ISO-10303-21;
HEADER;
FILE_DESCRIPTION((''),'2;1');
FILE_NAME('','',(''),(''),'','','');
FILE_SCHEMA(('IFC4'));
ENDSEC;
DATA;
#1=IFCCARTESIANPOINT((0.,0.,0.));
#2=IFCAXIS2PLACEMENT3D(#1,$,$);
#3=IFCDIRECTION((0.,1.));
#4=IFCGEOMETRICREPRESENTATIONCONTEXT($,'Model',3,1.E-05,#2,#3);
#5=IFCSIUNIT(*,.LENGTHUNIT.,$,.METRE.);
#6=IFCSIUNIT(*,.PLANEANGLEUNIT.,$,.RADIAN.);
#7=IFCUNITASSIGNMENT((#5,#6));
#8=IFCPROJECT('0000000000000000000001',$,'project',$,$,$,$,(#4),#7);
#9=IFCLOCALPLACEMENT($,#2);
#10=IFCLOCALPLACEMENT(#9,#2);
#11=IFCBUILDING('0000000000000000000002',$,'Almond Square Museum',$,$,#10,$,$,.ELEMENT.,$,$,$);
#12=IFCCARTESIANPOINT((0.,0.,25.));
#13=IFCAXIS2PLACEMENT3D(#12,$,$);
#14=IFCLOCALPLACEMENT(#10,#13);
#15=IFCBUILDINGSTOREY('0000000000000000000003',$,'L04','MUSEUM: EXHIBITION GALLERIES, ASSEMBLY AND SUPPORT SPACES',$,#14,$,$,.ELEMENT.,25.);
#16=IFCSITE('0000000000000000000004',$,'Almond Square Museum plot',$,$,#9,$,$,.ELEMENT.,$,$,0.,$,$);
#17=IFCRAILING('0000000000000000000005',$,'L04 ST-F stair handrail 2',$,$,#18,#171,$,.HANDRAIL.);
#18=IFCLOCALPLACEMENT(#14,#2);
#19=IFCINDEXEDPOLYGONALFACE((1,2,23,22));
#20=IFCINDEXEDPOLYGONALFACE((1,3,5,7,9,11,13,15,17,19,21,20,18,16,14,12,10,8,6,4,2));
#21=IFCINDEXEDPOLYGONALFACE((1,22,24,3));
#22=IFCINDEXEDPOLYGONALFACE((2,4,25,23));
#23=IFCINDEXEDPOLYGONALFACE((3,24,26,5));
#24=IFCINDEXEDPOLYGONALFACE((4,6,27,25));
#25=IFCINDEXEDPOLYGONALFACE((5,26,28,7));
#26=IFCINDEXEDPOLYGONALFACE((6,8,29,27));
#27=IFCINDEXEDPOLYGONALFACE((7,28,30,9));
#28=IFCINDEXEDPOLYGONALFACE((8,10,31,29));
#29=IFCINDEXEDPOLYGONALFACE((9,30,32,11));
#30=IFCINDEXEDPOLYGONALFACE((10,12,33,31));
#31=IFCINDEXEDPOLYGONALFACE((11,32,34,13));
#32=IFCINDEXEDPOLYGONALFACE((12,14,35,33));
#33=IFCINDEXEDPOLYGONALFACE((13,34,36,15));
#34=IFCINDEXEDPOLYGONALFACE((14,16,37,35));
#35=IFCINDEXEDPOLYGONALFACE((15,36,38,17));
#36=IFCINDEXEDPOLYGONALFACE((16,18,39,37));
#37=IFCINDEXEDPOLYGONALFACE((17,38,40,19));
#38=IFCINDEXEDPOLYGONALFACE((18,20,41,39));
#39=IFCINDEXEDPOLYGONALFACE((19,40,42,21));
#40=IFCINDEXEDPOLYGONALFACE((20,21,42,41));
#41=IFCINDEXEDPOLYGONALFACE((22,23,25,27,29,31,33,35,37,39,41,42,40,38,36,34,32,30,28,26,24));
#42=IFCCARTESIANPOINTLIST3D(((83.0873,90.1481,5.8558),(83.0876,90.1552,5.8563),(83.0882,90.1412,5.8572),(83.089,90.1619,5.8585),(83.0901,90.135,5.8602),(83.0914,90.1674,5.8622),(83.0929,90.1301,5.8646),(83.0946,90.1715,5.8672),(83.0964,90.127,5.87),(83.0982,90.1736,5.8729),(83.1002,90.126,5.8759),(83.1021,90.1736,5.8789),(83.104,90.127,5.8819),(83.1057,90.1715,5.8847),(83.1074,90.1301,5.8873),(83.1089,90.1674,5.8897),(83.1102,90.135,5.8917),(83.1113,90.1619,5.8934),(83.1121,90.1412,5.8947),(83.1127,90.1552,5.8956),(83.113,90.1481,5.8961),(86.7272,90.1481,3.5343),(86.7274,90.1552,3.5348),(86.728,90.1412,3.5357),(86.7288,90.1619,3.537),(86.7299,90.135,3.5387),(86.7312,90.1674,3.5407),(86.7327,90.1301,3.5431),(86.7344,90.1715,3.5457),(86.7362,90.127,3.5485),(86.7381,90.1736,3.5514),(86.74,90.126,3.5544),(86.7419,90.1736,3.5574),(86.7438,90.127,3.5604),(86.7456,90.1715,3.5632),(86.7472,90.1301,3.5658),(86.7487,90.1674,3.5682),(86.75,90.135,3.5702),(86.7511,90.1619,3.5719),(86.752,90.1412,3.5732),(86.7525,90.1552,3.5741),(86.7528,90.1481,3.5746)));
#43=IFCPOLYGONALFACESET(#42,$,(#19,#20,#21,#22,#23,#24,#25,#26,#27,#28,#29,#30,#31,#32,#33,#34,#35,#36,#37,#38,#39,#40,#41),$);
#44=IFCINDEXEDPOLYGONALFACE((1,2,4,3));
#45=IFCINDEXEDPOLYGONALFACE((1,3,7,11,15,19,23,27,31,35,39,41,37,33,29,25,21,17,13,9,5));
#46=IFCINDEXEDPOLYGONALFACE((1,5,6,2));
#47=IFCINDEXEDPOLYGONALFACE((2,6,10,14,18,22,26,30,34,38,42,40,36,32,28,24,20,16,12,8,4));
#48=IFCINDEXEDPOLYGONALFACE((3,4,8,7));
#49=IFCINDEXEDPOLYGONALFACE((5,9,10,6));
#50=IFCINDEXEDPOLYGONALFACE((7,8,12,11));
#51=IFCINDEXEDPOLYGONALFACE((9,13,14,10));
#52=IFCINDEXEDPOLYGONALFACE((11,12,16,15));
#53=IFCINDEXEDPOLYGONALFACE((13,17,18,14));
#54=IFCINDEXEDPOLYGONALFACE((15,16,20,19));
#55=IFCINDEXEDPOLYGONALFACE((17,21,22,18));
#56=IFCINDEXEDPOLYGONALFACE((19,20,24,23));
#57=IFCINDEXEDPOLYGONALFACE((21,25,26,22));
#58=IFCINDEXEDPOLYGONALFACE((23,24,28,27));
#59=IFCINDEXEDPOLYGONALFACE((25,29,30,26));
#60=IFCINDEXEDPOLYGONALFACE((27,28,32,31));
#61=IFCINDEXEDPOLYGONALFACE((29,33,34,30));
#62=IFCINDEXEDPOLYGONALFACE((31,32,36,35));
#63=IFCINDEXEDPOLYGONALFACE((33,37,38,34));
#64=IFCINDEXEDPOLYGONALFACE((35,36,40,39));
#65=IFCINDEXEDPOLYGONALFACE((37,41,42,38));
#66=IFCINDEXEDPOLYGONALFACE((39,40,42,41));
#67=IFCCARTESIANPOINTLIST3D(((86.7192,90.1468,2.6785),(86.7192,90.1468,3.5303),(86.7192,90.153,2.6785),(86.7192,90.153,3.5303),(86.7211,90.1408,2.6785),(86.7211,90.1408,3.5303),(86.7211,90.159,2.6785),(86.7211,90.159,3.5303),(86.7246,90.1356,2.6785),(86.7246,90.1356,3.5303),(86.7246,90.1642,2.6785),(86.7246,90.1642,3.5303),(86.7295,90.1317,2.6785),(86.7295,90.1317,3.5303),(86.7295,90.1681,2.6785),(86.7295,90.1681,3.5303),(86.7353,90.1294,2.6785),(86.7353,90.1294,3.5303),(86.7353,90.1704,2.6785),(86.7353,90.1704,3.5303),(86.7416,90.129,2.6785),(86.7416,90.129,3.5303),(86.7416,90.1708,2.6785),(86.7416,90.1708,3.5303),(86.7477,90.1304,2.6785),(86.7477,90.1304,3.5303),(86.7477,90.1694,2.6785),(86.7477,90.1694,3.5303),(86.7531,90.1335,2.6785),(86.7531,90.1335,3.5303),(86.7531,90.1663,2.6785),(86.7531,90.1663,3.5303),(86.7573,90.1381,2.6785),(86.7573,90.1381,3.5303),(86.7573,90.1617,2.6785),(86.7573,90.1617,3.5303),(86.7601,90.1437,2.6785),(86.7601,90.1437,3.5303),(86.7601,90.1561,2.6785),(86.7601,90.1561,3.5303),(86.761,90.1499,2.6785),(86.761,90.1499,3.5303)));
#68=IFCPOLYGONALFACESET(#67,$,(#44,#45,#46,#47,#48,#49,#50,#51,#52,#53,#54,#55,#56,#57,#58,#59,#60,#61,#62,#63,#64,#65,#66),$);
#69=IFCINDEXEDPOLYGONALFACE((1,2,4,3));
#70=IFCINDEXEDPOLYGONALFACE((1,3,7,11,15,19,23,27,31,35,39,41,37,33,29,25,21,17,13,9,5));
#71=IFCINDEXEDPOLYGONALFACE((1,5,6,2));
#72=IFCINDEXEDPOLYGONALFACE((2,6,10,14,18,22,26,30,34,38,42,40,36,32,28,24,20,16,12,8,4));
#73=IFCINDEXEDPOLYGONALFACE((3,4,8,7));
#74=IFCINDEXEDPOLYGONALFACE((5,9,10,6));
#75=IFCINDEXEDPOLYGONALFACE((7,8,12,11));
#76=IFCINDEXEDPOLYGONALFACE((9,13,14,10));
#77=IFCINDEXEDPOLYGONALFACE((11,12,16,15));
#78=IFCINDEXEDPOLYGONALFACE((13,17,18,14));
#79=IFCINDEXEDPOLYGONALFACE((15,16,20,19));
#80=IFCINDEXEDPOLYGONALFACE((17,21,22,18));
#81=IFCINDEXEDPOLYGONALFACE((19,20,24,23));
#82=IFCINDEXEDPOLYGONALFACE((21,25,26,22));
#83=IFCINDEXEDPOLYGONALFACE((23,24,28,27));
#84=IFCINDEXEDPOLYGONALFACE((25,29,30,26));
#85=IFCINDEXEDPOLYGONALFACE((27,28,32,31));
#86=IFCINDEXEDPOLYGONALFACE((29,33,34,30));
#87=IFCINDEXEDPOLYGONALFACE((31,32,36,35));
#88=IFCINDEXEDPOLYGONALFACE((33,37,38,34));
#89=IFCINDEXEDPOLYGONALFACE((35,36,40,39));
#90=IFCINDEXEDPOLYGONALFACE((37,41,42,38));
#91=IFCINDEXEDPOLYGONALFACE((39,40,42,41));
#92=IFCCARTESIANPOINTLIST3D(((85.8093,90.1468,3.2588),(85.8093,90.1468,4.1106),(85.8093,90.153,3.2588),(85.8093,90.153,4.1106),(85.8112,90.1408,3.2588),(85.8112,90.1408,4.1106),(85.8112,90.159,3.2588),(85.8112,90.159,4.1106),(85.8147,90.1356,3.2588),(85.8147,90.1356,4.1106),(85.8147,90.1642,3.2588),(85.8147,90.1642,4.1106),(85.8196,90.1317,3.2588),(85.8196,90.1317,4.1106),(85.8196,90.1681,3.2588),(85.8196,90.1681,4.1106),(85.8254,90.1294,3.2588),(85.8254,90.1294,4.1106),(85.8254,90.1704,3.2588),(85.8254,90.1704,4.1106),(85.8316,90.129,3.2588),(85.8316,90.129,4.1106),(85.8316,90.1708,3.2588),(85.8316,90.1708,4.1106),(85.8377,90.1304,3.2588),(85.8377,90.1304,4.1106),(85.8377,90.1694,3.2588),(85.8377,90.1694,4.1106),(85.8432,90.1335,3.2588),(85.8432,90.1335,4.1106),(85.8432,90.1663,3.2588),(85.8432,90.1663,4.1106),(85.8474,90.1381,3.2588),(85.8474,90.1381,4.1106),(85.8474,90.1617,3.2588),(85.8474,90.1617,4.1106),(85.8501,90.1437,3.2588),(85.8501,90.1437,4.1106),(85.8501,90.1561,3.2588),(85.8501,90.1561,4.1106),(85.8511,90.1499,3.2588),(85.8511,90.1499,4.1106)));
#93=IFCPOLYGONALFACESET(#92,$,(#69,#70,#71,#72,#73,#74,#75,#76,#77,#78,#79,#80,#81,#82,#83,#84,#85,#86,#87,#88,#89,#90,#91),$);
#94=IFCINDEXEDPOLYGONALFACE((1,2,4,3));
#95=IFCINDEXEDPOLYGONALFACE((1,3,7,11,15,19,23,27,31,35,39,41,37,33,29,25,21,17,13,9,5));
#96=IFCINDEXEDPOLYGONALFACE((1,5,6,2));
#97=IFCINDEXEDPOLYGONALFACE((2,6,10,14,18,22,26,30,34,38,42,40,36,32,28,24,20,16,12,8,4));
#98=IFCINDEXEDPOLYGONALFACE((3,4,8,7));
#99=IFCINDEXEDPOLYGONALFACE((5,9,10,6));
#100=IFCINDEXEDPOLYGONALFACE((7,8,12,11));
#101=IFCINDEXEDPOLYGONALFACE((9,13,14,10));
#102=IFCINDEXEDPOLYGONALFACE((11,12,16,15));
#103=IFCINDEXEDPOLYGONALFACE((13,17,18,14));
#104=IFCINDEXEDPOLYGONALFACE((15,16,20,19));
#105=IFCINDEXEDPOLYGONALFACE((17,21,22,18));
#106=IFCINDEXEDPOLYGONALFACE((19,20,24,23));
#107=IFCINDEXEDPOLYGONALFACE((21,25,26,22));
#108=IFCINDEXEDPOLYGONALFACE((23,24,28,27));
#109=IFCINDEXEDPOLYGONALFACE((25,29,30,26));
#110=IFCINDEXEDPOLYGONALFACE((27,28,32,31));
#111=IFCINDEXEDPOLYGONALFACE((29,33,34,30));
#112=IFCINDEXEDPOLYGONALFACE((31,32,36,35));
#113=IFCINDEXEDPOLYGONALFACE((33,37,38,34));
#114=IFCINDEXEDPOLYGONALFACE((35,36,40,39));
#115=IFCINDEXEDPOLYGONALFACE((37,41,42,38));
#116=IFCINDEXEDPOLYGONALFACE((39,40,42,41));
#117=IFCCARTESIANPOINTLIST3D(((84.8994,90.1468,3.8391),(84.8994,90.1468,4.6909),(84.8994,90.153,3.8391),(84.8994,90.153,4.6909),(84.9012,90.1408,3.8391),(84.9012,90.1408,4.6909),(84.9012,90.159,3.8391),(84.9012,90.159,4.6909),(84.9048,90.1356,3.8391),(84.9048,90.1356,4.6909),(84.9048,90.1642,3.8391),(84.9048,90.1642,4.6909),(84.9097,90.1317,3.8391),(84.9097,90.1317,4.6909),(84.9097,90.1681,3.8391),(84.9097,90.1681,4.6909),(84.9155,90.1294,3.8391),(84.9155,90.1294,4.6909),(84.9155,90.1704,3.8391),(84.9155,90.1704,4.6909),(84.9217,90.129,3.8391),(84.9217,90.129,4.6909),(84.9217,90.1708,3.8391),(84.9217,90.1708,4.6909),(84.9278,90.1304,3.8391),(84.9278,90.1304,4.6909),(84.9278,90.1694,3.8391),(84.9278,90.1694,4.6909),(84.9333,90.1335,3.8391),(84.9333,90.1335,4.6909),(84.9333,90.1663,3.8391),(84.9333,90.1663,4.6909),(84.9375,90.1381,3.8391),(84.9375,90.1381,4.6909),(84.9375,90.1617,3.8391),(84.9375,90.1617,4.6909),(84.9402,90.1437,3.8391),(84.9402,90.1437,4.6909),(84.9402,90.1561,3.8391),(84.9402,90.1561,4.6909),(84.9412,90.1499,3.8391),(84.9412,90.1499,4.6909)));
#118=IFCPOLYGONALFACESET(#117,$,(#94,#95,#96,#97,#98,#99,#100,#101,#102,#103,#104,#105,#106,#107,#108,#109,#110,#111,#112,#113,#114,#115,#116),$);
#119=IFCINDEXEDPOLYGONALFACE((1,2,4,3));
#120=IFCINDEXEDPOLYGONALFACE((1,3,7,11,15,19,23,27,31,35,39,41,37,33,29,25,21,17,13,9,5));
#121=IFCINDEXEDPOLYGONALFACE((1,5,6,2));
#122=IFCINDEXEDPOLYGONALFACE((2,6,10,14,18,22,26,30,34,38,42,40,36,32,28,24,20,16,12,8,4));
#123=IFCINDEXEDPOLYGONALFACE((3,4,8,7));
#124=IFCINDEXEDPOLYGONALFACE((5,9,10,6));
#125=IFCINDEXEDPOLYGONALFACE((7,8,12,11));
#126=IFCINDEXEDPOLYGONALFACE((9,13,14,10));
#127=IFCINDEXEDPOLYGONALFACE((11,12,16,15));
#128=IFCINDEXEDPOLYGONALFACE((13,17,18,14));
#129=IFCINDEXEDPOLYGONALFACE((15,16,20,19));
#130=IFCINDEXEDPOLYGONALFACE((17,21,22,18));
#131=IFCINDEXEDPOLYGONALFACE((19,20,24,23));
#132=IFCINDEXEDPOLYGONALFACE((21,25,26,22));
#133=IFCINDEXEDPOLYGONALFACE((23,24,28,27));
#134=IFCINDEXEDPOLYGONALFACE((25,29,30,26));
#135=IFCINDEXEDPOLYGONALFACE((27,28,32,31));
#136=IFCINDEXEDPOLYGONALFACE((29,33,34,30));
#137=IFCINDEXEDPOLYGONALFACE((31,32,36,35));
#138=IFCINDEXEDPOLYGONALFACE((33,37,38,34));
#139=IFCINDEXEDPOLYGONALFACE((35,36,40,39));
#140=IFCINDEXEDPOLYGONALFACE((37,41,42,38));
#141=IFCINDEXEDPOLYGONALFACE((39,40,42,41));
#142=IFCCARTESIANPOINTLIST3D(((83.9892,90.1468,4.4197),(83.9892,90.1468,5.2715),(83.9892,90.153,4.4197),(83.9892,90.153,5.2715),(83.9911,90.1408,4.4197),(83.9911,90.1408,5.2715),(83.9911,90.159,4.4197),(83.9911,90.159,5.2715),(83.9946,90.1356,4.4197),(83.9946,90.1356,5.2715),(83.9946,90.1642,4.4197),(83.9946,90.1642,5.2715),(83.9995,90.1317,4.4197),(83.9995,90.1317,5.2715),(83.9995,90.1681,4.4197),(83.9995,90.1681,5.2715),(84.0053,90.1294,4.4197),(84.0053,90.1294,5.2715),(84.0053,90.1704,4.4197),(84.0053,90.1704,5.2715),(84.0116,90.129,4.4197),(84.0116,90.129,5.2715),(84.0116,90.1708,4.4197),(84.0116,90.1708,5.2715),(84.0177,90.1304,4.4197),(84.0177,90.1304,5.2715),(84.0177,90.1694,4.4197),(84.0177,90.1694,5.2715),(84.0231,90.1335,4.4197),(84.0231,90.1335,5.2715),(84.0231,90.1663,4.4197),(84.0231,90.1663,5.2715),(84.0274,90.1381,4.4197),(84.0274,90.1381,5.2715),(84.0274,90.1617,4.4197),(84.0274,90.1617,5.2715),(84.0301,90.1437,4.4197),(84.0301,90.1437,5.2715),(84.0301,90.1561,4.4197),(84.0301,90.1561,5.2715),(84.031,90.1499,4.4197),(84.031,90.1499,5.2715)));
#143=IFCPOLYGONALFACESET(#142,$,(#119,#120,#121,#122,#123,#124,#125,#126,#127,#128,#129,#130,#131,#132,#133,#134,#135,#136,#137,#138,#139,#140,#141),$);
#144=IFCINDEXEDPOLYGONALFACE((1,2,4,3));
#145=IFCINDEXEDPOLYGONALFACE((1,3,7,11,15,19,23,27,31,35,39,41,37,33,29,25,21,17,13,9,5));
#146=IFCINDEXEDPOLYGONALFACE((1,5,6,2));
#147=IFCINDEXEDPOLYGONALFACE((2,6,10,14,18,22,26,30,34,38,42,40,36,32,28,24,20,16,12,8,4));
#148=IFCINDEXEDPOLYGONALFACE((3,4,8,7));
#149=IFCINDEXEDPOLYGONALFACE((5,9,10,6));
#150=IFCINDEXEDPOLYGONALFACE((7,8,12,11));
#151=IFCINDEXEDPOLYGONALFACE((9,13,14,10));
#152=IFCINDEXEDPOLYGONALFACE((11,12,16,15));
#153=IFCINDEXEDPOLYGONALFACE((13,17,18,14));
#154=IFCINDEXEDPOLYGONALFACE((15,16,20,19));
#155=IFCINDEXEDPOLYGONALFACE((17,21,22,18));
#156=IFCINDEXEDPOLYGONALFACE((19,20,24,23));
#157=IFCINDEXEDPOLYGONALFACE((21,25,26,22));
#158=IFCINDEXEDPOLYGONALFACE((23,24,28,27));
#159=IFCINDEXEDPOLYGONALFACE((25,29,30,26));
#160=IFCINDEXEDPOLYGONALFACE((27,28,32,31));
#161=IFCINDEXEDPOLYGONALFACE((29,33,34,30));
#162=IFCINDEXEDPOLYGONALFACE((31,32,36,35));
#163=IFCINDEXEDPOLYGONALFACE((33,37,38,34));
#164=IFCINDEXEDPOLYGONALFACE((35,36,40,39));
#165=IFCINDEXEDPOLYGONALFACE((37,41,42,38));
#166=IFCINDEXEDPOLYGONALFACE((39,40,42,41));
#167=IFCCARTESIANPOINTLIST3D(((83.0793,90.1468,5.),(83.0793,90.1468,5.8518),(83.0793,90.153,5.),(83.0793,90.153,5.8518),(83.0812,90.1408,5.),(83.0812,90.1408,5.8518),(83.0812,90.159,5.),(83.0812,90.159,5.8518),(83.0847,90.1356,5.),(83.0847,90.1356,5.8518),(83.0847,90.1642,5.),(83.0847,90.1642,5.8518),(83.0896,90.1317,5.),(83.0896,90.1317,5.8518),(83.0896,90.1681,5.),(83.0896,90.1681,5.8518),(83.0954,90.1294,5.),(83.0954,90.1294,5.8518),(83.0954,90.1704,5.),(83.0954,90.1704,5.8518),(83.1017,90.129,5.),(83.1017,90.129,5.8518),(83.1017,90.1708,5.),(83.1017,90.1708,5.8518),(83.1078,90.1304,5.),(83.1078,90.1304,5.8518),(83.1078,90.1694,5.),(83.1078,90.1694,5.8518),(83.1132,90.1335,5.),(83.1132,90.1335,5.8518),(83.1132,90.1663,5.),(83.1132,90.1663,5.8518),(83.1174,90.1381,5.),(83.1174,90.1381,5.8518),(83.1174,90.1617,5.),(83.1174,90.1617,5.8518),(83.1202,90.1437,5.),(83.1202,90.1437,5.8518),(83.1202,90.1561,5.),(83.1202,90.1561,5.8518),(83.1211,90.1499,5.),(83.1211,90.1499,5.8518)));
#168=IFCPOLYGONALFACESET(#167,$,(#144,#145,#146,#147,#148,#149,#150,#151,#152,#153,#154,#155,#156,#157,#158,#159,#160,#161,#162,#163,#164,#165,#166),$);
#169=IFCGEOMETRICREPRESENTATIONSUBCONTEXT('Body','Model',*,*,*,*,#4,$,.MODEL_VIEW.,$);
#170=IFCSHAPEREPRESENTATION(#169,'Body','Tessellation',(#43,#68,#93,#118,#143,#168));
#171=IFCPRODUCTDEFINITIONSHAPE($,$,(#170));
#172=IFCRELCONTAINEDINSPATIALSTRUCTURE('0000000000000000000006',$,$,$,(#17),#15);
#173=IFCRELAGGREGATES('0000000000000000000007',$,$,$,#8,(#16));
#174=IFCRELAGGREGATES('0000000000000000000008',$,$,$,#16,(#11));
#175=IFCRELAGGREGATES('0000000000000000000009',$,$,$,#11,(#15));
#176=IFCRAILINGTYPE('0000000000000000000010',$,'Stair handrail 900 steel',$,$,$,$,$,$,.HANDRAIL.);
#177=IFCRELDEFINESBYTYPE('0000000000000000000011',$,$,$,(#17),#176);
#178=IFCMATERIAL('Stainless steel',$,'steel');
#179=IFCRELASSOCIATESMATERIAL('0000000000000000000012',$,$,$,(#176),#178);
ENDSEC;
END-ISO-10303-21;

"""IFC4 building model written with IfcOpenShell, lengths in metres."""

from ifc_helpers import new_model, si_unit, direction, frame, origin, origin_2d, place, context, subcontext, project, spatial, circle, extrude, material, type_object, element, save


model = new_model("IFC4")

# Units and contexts
model_context = context("Model", 3, precision=1e-05, world=origin(), true_north=direction((0.0, 1.0)))
body_context = subcontext(model_context, "Body", "Model", "MODEL_VIEW")
ifc_project = project(units=[si_unit("LENGTHUNIT", "METRE"), si_unit("PLANEANGLEUNIT", "RADIAN")], contexts=[model_context])

# Site, building, storey
site_placement = place(None, origin())
site = spatial("IfcSite", under=ifc_project, at=site_placement, Name="Almond Square Museum plot", CompositionType="ELEMENT", RefElevation=0.0)
building_placement = place(site_placement, origin())
building = spatial("IfcBuilding", under=site, at=building_placement, Name="Almond Square Museum", CompositionType="ELEMENT")
storey_placement = place(building_placement, frame((0.0, 0.0, 25.0)))
storey = spatial("IfcBuildingStorey", under=building, at=storey_placement, Name="L04", Description="MUSEUM: EXHIBITION GALLERIES, ASSEMBLY AND SUPPORT SPACES", CompositionType="ELEMENT", Elevation=25.0)

# Railing
ifc_material_1 = material(Name="Stainless steel", Category="steel")
railing_type_1 = type_object("IfcRailingType", Name="Stair handrail 900 steel", PredefinedType="HANDRAIL", material=ifc_material_1)
railing_1_placement = place(storey_placement, frame((86.74, 90.1499, 2.6785)))
element("IfcRailing", 1, at=railing_1_placement, inside=storey, type_object=railing_type_1, Name="L04 ST-F stair handrail 2", PredefinedType="HANDRAIL", context=body_context, shape_type="SweptSolid", body=[
    extrude(circle(Radius=0.0239, at=origin_2d()), frame((0.0, 0.0, 0.876), z_axis=(-0.843112, 0.0, 0.537739), x_axis=(0.0, -1.0, 0.0)), (0.0, 0.0, 1.0), 4.3171),
    extrude(circle(Radius=0.021, at=origin_2d()), origin(), (0.0, 0.0, 1.0), 0.8518),
    extrude(circle(Radius=0.021, at=origin_2d()), frame((-0.9099, 0.0, 0.5803)), (0.0, 0.0, 1.0), 0.8518),
    extrude(circle(Radius=0.021, at=origin_2d()), frame((-1.8198, 0.0, 1.1606)), (0.0, 0.0, 1.0), 0.8518),
    extrude(circle(Radius=0.021, at=origin_2d()), frame((-2.73, 0.0, 1.7412)), (0.0, 0.0, 1.0), 0.8518),
    extrude(circle(Radius=0.021, at=origin_2d()), frame((-3.6399, 0.0, 2.3215)), (0.0, 0.0, 1.0), 0.8518),
])

save(model, "model.ifc")
